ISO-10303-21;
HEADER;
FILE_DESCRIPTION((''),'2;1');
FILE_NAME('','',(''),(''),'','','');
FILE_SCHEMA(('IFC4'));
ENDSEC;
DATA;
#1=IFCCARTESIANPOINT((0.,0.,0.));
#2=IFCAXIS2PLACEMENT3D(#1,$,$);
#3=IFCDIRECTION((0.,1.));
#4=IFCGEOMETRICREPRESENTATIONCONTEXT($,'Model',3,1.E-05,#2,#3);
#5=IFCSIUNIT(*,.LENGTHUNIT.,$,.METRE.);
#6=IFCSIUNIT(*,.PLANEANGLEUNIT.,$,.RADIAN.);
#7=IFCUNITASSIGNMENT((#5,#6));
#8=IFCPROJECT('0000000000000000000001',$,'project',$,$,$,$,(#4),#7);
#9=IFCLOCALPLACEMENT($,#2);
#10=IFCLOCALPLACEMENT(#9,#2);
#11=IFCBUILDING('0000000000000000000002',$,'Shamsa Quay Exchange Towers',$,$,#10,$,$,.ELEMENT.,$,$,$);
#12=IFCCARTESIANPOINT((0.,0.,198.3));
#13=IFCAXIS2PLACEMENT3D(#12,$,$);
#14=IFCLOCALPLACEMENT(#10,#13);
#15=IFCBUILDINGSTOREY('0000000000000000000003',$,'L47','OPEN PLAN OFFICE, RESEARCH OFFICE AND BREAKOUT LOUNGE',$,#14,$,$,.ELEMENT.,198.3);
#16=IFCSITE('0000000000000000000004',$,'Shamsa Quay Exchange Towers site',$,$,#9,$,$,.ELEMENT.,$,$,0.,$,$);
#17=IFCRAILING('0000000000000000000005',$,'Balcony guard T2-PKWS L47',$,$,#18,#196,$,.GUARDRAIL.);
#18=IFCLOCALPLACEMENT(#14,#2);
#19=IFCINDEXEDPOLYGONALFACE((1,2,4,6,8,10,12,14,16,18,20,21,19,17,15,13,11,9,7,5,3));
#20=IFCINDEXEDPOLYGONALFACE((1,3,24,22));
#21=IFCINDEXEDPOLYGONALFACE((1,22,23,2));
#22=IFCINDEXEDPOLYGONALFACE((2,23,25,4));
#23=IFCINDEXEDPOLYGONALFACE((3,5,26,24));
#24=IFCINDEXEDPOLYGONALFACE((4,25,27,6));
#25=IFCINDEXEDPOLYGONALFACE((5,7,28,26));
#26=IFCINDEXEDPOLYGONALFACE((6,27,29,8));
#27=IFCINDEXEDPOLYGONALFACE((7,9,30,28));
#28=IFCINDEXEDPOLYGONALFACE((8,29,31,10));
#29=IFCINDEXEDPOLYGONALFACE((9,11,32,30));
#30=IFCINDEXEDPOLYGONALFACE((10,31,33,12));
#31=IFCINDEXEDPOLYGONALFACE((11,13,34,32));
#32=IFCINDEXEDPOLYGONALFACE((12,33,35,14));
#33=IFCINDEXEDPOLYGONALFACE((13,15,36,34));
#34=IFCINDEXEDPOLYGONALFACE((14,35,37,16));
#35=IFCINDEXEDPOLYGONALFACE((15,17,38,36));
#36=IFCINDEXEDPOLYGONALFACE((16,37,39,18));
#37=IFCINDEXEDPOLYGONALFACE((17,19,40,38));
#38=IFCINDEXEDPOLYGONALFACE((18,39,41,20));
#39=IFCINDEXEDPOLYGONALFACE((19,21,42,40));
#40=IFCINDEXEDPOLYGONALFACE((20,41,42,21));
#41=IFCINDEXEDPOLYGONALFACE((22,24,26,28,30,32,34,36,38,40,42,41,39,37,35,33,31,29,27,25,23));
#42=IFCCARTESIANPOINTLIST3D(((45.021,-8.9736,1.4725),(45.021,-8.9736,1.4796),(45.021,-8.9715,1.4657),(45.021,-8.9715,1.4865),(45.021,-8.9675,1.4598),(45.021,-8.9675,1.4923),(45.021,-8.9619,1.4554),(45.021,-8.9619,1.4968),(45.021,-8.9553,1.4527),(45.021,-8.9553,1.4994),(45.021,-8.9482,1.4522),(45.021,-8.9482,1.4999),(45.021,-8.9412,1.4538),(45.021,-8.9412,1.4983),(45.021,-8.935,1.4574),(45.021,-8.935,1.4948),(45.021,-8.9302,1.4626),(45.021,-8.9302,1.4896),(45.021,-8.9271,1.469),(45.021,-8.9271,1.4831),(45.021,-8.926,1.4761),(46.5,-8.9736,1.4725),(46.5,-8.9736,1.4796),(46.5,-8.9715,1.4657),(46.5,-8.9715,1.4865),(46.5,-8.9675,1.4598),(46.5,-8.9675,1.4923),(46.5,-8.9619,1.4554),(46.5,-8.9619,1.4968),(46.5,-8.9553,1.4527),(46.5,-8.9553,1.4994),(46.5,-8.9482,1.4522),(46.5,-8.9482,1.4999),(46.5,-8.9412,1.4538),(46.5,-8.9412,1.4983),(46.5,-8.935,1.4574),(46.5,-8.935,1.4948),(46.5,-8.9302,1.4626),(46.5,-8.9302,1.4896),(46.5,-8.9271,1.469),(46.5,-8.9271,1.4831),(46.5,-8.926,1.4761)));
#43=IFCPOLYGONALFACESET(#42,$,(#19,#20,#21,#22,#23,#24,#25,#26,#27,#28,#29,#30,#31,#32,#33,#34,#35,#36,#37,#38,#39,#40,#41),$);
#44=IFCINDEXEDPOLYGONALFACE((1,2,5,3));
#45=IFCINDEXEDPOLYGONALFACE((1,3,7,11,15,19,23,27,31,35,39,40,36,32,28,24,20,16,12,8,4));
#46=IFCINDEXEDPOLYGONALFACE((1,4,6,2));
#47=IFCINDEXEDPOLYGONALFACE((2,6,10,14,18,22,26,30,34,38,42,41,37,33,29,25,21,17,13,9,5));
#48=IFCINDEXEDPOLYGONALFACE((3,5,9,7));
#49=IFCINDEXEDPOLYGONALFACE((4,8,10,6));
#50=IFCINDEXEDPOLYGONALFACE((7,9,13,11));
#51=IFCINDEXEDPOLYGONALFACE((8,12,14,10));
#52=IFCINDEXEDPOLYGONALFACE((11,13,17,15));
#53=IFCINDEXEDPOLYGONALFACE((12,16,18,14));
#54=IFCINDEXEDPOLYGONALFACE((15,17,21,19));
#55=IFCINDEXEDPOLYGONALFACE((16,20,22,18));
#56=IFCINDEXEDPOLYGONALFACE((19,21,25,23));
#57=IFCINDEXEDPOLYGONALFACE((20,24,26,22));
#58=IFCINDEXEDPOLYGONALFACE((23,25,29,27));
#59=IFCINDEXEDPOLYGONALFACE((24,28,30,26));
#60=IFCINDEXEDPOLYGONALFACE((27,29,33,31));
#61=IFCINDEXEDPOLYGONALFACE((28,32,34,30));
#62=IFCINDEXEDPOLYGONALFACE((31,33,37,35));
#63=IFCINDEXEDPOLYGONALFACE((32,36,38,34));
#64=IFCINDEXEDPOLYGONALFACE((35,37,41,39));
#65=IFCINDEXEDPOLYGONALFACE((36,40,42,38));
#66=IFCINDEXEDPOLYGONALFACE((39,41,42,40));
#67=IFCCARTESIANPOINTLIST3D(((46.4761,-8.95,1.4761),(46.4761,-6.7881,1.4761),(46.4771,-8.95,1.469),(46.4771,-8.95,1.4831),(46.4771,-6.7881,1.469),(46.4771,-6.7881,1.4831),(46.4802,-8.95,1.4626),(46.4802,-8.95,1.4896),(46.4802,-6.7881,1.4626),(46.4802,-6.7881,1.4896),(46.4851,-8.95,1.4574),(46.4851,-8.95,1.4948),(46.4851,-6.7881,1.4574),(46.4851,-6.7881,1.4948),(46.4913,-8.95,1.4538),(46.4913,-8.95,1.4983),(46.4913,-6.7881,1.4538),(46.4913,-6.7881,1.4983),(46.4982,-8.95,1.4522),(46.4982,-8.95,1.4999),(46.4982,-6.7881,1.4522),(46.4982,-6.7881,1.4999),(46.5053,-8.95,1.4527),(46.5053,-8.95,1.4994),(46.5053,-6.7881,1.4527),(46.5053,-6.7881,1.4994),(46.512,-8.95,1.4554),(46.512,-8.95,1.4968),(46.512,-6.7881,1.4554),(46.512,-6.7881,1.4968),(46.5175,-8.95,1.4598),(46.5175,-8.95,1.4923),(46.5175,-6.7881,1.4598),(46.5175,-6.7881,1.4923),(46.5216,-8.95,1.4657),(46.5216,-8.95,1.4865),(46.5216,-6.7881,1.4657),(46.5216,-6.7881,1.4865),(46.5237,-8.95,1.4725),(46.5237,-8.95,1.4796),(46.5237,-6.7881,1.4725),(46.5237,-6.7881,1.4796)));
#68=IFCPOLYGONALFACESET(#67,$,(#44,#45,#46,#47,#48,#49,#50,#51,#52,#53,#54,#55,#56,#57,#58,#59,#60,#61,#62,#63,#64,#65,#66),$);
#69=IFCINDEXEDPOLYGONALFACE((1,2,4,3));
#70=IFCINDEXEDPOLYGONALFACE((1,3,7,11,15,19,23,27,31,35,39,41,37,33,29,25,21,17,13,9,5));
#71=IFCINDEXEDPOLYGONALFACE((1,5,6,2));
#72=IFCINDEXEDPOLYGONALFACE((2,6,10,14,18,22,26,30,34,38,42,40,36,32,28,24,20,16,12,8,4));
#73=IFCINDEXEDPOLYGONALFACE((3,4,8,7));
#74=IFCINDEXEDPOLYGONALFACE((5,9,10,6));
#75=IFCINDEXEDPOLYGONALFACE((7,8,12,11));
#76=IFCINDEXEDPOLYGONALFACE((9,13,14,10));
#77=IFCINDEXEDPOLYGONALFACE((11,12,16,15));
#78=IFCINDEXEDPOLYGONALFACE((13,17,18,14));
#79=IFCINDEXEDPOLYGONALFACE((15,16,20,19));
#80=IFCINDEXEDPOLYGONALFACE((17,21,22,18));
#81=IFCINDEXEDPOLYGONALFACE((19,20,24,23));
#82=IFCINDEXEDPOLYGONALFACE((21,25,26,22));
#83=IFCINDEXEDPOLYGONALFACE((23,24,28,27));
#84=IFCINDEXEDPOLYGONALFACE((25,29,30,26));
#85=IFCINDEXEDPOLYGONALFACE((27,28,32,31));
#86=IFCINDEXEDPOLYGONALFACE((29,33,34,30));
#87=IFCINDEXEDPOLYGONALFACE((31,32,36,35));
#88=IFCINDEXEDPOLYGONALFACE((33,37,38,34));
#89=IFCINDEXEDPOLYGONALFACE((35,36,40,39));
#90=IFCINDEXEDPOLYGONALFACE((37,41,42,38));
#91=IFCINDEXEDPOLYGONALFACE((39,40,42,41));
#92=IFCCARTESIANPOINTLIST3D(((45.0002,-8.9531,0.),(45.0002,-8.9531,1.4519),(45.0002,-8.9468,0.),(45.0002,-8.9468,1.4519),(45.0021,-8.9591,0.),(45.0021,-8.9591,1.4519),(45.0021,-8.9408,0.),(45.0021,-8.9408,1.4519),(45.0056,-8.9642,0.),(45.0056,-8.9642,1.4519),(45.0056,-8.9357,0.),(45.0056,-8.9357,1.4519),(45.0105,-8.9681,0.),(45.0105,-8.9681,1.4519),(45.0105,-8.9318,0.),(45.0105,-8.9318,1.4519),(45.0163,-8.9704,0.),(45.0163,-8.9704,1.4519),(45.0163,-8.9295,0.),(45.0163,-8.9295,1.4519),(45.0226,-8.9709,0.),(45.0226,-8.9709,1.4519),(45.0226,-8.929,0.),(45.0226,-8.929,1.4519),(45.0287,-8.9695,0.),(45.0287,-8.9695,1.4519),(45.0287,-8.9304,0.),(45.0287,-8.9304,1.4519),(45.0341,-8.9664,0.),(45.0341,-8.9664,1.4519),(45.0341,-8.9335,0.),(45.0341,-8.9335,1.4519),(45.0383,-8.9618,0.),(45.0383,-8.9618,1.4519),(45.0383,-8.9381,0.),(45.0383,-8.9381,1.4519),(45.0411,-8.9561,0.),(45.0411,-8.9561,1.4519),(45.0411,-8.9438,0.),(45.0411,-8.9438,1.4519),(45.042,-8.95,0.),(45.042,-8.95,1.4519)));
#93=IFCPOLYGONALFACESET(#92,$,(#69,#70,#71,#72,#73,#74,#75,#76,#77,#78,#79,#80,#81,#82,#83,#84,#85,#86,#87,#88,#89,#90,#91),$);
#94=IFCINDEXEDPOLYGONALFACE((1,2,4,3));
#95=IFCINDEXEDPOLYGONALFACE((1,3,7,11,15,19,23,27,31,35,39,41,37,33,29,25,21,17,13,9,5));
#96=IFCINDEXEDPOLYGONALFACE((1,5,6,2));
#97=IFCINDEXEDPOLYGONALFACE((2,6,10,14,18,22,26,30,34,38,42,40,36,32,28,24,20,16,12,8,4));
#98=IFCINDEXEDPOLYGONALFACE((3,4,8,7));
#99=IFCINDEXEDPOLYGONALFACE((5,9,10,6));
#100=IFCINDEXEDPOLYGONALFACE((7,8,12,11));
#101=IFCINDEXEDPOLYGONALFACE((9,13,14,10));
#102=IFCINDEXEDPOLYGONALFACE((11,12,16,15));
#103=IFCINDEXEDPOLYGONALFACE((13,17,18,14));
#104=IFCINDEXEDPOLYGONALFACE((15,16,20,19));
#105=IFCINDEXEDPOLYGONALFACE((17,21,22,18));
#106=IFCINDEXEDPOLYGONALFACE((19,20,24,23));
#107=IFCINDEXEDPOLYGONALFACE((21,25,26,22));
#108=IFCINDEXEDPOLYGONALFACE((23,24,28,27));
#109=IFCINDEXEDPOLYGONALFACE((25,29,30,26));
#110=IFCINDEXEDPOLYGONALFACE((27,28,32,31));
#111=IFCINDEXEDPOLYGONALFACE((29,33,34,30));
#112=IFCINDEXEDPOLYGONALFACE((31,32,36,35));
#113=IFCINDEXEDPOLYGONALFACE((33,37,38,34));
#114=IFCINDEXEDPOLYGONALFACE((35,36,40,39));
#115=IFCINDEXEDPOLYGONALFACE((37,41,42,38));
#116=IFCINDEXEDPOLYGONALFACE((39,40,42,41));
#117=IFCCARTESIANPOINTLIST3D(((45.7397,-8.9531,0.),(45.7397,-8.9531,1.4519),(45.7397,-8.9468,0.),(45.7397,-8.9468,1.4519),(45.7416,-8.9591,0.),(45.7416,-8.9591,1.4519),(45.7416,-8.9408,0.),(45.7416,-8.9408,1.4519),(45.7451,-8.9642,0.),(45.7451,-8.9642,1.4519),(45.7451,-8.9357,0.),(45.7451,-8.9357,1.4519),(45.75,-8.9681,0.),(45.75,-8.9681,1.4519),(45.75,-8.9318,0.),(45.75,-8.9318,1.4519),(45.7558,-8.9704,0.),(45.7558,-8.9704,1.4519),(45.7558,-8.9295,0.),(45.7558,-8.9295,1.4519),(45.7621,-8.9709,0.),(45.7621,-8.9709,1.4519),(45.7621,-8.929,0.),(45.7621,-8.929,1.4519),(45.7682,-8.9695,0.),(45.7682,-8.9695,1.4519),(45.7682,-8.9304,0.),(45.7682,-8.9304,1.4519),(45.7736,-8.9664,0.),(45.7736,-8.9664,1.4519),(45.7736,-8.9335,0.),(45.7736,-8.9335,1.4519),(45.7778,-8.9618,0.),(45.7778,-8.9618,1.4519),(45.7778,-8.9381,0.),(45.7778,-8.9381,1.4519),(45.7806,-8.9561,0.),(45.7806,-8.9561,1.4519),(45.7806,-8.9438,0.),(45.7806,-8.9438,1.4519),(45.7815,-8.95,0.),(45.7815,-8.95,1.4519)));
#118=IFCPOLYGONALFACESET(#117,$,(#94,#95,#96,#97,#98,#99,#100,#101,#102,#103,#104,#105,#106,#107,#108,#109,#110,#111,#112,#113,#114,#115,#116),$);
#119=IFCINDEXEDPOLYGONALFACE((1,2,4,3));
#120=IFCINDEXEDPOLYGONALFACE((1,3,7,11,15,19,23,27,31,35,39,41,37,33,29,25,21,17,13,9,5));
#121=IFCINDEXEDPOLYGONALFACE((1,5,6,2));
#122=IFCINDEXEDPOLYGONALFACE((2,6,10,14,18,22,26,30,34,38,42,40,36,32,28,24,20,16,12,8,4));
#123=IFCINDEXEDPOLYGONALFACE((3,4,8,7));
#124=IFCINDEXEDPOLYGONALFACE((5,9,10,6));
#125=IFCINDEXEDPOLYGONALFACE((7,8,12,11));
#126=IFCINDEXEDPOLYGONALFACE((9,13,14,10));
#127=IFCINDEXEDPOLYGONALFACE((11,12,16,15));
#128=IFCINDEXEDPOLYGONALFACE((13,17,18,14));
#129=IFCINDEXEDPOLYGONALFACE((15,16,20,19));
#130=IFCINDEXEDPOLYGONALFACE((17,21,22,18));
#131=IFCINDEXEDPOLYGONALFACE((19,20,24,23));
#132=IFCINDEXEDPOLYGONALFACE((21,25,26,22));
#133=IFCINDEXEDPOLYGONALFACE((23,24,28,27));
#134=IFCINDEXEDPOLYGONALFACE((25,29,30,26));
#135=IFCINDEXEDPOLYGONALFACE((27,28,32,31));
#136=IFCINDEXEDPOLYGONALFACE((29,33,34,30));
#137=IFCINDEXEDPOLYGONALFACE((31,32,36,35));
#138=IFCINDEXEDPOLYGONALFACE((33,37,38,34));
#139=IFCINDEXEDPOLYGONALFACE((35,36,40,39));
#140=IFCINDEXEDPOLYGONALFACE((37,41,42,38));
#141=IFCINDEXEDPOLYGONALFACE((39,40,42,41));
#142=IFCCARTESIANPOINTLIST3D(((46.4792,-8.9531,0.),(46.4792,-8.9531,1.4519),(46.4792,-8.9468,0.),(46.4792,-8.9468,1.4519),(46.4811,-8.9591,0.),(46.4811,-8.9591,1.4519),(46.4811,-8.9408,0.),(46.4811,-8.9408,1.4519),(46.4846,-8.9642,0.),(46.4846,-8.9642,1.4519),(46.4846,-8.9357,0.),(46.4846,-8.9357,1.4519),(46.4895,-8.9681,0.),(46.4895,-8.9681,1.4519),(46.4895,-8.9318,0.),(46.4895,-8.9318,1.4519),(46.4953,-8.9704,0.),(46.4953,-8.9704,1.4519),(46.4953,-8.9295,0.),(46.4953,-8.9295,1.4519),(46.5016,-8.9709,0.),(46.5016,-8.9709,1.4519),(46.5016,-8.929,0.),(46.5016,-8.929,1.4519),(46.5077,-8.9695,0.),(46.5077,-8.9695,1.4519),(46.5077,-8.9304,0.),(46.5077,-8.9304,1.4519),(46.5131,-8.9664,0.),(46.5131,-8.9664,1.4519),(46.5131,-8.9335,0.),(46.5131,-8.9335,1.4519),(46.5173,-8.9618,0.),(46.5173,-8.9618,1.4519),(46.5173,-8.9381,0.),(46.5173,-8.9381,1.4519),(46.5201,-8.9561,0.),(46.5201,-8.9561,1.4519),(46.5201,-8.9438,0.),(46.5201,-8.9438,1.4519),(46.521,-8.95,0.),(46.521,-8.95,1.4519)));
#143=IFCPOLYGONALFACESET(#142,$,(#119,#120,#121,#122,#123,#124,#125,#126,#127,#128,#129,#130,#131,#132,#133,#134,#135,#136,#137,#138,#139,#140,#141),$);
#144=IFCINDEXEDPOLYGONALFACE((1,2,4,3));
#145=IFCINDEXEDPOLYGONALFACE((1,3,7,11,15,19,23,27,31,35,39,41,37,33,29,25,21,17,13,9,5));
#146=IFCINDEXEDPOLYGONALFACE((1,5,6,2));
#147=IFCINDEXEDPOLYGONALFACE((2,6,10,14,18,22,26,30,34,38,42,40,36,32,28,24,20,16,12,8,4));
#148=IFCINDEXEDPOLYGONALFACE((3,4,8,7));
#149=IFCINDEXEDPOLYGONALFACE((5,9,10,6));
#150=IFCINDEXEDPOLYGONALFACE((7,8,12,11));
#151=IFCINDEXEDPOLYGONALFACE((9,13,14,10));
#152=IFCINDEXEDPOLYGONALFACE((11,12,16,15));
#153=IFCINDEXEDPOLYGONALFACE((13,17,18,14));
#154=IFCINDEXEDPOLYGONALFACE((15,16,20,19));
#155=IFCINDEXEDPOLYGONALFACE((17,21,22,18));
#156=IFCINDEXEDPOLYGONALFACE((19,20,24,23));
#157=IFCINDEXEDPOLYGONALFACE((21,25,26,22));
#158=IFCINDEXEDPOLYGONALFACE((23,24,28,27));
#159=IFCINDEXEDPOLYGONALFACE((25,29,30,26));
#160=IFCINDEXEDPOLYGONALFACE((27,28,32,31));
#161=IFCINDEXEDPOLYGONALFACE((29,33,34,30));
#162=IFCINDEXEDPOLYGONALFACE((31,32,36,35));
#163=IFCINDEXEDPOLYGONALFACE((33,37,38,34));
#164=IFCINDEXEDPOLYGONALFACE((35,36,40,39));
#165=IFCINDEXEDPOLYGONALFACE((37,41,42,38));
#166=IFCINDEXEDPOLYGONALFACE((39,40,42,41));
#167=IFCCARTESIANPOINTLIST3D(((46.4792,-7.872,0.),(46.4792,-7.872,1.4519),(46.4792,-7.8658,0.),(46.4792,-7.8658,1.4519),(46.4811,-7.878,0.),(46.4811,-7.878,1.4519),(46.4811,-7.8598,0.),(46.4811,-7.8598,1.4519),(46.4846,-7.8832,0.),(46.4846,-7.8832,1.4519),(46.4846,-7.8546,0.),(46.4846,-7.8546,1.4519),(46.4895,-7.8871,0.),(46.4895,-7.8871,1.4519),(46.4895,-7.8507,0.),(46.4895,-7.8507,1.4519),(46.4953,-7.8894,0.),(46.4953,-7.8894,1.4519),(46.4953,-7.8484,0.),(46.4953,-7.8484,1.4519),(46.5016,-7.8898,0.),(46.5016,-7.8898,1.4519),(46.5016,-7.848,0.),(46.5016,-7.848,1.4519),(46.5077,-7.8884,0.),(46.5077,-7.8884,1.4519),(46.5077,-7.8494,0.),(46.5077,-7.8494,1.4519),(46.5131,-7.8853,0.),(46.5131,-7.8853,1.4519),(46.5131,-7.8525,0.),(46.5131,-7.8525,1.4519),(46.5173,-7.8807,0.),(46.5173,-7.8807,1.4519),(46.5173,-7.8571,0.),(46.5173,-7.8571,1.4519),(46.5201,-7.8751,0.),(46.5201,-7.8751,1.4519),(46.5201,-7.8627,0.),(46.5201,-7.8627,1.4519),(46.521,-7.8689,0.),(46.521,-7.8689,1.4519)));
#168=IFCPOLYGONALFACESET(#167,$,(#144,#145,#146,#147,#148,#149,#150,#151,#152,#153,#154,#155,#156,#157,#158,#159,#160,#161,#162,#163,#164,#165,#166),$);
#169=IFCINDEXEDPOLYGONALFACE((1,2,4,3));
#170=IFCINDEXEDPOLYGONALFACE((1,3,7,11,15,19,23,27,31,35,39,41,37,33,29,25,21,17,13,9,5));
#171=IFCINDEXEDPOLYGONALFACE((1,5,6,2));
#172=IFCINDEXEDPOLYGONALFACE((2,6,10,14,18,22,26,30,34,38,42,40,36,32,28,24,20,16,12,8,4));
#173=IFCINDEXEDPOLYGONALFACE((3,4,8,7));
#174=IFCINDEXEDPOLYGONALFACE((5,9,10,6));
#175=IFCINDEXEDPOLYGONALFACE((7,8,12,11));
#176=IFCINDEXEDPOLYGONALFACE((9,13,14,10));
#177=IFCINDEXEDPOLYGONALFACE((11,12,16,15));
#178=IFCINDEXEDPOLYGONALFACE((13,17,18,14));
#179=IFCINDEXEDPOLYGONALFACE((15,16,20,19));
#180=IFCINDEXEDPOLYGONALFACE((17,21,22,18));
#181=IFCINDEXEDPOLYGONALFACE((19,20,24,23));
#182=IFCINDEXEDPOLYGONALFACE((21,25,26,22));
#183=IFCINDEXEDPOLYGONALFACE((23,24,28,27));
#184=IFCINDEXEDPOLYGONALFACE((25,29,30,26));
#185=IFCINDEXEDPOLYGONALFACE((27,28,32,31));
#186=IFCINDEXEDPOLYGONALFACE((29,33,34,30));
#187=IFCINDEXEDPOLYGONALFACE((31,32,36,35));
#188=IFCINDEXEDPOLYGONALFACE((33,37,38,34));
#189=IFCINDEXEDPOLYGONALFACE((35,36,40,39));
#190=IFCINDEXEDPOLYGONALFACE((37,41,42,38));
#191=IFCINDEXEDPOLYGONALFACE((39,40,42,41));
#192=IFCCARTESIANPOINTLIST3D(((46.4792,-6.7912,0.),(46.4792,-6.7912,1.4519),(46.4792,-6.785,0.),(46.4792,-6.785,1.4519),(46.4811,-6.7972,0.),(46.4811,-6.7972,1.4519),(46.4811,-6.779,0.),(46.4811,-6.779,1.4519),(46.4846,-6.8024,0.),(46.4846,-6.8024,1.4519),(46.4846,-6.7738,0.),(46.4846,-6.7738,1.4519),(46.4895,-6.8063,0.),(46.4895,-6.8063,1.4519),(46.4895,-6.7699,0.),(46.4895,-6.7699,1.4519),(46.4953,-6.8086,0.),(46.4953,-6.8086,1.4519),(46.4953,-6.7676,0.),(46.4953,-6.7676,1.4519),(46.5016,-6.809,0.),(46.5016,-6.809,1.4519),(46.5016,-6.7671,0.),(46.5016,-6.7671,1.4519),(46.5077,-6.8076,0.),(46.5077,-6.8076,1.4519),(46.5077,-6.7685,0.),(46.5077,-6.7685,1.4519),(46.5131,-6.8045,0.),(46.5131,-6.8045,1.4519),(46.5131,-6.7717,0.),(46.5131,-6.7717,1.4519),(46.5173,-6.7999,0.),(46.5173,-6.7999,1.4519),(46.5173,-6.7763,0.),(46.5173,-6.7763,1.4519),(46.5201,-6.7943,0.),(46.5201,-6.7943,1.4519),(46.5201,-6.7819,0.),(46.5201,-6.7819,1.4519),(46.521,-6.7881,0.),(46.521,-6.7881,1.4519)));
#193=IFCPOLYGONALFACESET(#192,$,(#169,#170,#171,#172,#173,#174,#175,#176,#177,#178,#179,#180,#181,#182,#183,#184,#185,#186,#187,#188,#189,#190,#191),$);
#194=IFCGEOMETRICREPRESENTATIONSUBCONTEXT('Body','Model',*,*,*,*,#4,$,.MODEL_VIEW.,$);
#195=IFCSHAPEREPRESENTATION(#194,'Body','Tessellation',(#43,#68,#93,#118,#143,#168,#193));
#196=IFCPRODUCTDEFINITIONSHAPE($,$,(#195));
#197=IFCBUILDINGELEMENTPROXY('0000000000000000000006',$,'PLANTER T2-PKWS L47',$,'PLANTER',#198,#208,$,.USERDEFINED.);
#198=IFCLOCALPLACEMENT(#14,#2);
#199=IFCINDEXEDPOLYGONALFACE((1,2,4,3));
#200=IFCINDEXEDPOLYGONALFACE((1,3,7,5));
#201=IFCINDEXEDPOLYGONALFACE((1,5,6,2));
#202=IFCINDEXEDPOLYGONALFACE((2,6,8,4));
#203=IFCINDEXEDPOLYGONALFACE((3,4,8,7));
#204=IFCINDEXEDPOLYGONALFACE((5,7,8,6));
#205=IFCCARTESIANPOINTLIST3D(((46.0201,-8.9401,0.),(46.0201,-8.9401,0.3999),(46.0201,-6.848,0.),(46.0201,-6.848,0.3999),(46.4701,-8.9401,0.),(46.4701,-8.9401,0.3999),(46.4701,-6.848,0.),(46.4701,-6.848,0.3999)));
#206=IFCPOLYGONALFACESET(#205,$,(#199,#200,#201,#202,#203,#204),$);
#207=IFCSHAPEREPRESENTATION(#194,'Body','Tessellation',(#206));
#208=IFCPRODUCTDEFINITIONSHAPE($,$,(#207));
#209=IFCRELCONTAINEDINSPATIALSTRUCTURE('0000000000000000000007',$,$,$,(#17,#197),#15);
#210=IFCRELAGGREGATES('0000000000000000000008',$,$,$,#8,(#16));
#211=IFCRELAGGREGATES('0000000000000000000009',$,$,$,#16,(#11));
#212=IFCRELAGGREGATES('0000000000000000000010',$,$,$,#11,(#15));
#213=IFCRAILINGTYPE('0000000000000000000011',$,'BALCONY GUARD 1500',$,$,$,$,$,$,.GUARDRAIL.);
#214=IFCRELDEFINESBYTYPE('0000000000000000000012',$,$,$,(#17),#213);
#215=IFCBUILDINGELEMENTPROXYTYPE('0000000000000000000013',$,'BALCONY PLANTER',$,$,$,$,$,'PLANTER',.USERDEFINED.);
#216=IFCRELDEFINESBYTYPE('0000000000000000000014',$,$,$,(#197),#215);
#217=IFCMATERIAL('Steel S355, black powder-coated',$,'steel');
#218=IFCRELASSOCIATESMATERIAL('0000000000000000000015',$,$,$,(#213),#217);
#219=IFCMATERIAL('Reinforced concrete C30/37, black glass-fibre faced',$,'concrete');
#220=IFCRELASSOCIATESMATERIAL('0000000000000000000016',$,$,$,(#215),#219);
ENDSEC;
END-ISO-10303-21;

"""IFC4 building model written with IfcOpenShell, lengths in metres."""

from ifc_helpers import new_model, si_unit, direction, frame, origin, origin_2d, place, context, subcontext, project, spatial, rectangle, circle, extrude, material, type_object, element, save


model = new_model("IFC4")

# Units and contexts
model_context = context("Model", 3, precision=1e-05, world=origin(), true_north=direction((0.0, 1.0)))
body_context = subcontext(model_context, "Body", "Model", "MODEL_VIEW")
ifc_project = project(units=[si_unit("LENGTHUNIT", "METRE"), si_unit("PLANEANGLEUNIT", "RADIAN")], contexts=[model_context])

# Site, building, storey
site_placement = place(None, origin())
site = spatial("IfcSite", under=ifc_project, at=site_placement, Name="Shamsa Quay Exchange Towers site", CompositionType="ELEMENT", RefElevation=0.0)
building_placement = place(site_placement, origin())
building = spatial("IfcBuilding", under=site, at=building_placement, Name="Shamsa Quay Exchange Towers", CompositionType="ELEMENT")
storey_placement = place(building_placement, frame((0.0, 0.0, 198.3)))
storey = spatial("IfcBuildingStorey", under=building, at=storey_placement, Name="L47", Description="OPEN PLAN OFFICE, RESEARCH OFFICE AND BREAKOUT LOUNGE", CompositionType="ELEMENT", Elevation=198.3)

# Railing
ifc_material_1 = material(Name="Steel S355, black powder-coated", Category="steel")
railing_type_1 = type_object("IfcRailingType", Name="BALCONY GUARD 1500", PredefinedType="GUARDRAIL", material=ifc_material_1)
railing_1_placement = place(storey_placement, frame((45.021, -8.95, 0.0)))
element("IfcRailing", 1, at=railing_1_placement, inside=storey, type_object=railing_type_1, Name="Balcony guard T2-PKWS L47", PredefinedType="GUARDRAIL", context=body_context, shape_type="SweptSolid", body=[
    extrude(circle(Radius=0.0239, at=origin_2d()), frame((0.0, 0.0, 1.4761), z_axis=(1.0, 0.0, 0.0), x_axis=(0.0, 1.0, 0.0)), (0.0, 0.0, 1.0), 1.479),
    extrude(circle(Radius=0.0239, at=origin_2d()), frame((1.479, 0.0, 1.4761), z_axis=(0.0, 1.0, 0.0), x_axis=(-1.0, 0.0, 0.0)), (0.0, 0.0, 1.0), 2.1619),
    extrude(circle(Radius=0.021, at=origin_2d()), origin(), (0.0, 0.0, 1.0), 1.4519),
    extrude(circle(Radius=0.021, at=origin_2d()), frame((0.7395, 0.0, 0.0)), (0.0, 0.0, 1.0), 1.4519),
    extrude(circle(Radius=0.021, at=origin_2d()), frame((1.479, 0.0, 0.0)), (0.0, 0.0, 1.0), 1.4519),
    extrude(circle(Radius=0.021, at=origin_2d()), frame((1.479, 1.0811, 0.0)), (0.0, 0.0, 1.0), 1.4519),
    extrude(circle(Radius=0.021, at=origin_2d()), frame((1.479, 2.1619, 0.0)), (0.0, 0.0, 1.0), 1.4519),
])

# Building element proxy
ifc_material_2 = material(Name="Reinforced concrete C30/37, black glass-fibre faced", Category="concrete")
building_element_proxy_type = type_object("IfcBuildingElementProxyType", Name="BALCONY PLANTER", ElementType="PLANTER", PredefinedType="USERDEFINED", material=ifc_material_2)
proxy_placement = place(storey_placement, frame((46.2451, -7.894, 0.0), z_axis=(0.0, 0.0, 1.0), x_axis=(0.0, 1.0, 0.0)))
element("IfcBuildingElementProxy", 2, at=proxy_placement, inside=storey, type_object=building_element_proxy_type, Name="PLANTER T2-PKWS L47", ObjectType="PLANTER", PredefinedType="USERDEFINED", context=body_context, shape_type="SweptSolid", body=[
    extrude(rectangle(XDim=2.092, YDim=0.45, at=origin_2d()), origin(), (0.0, 0.0, 1.0), 0.3999),
])

save(model, "model.ifc")
